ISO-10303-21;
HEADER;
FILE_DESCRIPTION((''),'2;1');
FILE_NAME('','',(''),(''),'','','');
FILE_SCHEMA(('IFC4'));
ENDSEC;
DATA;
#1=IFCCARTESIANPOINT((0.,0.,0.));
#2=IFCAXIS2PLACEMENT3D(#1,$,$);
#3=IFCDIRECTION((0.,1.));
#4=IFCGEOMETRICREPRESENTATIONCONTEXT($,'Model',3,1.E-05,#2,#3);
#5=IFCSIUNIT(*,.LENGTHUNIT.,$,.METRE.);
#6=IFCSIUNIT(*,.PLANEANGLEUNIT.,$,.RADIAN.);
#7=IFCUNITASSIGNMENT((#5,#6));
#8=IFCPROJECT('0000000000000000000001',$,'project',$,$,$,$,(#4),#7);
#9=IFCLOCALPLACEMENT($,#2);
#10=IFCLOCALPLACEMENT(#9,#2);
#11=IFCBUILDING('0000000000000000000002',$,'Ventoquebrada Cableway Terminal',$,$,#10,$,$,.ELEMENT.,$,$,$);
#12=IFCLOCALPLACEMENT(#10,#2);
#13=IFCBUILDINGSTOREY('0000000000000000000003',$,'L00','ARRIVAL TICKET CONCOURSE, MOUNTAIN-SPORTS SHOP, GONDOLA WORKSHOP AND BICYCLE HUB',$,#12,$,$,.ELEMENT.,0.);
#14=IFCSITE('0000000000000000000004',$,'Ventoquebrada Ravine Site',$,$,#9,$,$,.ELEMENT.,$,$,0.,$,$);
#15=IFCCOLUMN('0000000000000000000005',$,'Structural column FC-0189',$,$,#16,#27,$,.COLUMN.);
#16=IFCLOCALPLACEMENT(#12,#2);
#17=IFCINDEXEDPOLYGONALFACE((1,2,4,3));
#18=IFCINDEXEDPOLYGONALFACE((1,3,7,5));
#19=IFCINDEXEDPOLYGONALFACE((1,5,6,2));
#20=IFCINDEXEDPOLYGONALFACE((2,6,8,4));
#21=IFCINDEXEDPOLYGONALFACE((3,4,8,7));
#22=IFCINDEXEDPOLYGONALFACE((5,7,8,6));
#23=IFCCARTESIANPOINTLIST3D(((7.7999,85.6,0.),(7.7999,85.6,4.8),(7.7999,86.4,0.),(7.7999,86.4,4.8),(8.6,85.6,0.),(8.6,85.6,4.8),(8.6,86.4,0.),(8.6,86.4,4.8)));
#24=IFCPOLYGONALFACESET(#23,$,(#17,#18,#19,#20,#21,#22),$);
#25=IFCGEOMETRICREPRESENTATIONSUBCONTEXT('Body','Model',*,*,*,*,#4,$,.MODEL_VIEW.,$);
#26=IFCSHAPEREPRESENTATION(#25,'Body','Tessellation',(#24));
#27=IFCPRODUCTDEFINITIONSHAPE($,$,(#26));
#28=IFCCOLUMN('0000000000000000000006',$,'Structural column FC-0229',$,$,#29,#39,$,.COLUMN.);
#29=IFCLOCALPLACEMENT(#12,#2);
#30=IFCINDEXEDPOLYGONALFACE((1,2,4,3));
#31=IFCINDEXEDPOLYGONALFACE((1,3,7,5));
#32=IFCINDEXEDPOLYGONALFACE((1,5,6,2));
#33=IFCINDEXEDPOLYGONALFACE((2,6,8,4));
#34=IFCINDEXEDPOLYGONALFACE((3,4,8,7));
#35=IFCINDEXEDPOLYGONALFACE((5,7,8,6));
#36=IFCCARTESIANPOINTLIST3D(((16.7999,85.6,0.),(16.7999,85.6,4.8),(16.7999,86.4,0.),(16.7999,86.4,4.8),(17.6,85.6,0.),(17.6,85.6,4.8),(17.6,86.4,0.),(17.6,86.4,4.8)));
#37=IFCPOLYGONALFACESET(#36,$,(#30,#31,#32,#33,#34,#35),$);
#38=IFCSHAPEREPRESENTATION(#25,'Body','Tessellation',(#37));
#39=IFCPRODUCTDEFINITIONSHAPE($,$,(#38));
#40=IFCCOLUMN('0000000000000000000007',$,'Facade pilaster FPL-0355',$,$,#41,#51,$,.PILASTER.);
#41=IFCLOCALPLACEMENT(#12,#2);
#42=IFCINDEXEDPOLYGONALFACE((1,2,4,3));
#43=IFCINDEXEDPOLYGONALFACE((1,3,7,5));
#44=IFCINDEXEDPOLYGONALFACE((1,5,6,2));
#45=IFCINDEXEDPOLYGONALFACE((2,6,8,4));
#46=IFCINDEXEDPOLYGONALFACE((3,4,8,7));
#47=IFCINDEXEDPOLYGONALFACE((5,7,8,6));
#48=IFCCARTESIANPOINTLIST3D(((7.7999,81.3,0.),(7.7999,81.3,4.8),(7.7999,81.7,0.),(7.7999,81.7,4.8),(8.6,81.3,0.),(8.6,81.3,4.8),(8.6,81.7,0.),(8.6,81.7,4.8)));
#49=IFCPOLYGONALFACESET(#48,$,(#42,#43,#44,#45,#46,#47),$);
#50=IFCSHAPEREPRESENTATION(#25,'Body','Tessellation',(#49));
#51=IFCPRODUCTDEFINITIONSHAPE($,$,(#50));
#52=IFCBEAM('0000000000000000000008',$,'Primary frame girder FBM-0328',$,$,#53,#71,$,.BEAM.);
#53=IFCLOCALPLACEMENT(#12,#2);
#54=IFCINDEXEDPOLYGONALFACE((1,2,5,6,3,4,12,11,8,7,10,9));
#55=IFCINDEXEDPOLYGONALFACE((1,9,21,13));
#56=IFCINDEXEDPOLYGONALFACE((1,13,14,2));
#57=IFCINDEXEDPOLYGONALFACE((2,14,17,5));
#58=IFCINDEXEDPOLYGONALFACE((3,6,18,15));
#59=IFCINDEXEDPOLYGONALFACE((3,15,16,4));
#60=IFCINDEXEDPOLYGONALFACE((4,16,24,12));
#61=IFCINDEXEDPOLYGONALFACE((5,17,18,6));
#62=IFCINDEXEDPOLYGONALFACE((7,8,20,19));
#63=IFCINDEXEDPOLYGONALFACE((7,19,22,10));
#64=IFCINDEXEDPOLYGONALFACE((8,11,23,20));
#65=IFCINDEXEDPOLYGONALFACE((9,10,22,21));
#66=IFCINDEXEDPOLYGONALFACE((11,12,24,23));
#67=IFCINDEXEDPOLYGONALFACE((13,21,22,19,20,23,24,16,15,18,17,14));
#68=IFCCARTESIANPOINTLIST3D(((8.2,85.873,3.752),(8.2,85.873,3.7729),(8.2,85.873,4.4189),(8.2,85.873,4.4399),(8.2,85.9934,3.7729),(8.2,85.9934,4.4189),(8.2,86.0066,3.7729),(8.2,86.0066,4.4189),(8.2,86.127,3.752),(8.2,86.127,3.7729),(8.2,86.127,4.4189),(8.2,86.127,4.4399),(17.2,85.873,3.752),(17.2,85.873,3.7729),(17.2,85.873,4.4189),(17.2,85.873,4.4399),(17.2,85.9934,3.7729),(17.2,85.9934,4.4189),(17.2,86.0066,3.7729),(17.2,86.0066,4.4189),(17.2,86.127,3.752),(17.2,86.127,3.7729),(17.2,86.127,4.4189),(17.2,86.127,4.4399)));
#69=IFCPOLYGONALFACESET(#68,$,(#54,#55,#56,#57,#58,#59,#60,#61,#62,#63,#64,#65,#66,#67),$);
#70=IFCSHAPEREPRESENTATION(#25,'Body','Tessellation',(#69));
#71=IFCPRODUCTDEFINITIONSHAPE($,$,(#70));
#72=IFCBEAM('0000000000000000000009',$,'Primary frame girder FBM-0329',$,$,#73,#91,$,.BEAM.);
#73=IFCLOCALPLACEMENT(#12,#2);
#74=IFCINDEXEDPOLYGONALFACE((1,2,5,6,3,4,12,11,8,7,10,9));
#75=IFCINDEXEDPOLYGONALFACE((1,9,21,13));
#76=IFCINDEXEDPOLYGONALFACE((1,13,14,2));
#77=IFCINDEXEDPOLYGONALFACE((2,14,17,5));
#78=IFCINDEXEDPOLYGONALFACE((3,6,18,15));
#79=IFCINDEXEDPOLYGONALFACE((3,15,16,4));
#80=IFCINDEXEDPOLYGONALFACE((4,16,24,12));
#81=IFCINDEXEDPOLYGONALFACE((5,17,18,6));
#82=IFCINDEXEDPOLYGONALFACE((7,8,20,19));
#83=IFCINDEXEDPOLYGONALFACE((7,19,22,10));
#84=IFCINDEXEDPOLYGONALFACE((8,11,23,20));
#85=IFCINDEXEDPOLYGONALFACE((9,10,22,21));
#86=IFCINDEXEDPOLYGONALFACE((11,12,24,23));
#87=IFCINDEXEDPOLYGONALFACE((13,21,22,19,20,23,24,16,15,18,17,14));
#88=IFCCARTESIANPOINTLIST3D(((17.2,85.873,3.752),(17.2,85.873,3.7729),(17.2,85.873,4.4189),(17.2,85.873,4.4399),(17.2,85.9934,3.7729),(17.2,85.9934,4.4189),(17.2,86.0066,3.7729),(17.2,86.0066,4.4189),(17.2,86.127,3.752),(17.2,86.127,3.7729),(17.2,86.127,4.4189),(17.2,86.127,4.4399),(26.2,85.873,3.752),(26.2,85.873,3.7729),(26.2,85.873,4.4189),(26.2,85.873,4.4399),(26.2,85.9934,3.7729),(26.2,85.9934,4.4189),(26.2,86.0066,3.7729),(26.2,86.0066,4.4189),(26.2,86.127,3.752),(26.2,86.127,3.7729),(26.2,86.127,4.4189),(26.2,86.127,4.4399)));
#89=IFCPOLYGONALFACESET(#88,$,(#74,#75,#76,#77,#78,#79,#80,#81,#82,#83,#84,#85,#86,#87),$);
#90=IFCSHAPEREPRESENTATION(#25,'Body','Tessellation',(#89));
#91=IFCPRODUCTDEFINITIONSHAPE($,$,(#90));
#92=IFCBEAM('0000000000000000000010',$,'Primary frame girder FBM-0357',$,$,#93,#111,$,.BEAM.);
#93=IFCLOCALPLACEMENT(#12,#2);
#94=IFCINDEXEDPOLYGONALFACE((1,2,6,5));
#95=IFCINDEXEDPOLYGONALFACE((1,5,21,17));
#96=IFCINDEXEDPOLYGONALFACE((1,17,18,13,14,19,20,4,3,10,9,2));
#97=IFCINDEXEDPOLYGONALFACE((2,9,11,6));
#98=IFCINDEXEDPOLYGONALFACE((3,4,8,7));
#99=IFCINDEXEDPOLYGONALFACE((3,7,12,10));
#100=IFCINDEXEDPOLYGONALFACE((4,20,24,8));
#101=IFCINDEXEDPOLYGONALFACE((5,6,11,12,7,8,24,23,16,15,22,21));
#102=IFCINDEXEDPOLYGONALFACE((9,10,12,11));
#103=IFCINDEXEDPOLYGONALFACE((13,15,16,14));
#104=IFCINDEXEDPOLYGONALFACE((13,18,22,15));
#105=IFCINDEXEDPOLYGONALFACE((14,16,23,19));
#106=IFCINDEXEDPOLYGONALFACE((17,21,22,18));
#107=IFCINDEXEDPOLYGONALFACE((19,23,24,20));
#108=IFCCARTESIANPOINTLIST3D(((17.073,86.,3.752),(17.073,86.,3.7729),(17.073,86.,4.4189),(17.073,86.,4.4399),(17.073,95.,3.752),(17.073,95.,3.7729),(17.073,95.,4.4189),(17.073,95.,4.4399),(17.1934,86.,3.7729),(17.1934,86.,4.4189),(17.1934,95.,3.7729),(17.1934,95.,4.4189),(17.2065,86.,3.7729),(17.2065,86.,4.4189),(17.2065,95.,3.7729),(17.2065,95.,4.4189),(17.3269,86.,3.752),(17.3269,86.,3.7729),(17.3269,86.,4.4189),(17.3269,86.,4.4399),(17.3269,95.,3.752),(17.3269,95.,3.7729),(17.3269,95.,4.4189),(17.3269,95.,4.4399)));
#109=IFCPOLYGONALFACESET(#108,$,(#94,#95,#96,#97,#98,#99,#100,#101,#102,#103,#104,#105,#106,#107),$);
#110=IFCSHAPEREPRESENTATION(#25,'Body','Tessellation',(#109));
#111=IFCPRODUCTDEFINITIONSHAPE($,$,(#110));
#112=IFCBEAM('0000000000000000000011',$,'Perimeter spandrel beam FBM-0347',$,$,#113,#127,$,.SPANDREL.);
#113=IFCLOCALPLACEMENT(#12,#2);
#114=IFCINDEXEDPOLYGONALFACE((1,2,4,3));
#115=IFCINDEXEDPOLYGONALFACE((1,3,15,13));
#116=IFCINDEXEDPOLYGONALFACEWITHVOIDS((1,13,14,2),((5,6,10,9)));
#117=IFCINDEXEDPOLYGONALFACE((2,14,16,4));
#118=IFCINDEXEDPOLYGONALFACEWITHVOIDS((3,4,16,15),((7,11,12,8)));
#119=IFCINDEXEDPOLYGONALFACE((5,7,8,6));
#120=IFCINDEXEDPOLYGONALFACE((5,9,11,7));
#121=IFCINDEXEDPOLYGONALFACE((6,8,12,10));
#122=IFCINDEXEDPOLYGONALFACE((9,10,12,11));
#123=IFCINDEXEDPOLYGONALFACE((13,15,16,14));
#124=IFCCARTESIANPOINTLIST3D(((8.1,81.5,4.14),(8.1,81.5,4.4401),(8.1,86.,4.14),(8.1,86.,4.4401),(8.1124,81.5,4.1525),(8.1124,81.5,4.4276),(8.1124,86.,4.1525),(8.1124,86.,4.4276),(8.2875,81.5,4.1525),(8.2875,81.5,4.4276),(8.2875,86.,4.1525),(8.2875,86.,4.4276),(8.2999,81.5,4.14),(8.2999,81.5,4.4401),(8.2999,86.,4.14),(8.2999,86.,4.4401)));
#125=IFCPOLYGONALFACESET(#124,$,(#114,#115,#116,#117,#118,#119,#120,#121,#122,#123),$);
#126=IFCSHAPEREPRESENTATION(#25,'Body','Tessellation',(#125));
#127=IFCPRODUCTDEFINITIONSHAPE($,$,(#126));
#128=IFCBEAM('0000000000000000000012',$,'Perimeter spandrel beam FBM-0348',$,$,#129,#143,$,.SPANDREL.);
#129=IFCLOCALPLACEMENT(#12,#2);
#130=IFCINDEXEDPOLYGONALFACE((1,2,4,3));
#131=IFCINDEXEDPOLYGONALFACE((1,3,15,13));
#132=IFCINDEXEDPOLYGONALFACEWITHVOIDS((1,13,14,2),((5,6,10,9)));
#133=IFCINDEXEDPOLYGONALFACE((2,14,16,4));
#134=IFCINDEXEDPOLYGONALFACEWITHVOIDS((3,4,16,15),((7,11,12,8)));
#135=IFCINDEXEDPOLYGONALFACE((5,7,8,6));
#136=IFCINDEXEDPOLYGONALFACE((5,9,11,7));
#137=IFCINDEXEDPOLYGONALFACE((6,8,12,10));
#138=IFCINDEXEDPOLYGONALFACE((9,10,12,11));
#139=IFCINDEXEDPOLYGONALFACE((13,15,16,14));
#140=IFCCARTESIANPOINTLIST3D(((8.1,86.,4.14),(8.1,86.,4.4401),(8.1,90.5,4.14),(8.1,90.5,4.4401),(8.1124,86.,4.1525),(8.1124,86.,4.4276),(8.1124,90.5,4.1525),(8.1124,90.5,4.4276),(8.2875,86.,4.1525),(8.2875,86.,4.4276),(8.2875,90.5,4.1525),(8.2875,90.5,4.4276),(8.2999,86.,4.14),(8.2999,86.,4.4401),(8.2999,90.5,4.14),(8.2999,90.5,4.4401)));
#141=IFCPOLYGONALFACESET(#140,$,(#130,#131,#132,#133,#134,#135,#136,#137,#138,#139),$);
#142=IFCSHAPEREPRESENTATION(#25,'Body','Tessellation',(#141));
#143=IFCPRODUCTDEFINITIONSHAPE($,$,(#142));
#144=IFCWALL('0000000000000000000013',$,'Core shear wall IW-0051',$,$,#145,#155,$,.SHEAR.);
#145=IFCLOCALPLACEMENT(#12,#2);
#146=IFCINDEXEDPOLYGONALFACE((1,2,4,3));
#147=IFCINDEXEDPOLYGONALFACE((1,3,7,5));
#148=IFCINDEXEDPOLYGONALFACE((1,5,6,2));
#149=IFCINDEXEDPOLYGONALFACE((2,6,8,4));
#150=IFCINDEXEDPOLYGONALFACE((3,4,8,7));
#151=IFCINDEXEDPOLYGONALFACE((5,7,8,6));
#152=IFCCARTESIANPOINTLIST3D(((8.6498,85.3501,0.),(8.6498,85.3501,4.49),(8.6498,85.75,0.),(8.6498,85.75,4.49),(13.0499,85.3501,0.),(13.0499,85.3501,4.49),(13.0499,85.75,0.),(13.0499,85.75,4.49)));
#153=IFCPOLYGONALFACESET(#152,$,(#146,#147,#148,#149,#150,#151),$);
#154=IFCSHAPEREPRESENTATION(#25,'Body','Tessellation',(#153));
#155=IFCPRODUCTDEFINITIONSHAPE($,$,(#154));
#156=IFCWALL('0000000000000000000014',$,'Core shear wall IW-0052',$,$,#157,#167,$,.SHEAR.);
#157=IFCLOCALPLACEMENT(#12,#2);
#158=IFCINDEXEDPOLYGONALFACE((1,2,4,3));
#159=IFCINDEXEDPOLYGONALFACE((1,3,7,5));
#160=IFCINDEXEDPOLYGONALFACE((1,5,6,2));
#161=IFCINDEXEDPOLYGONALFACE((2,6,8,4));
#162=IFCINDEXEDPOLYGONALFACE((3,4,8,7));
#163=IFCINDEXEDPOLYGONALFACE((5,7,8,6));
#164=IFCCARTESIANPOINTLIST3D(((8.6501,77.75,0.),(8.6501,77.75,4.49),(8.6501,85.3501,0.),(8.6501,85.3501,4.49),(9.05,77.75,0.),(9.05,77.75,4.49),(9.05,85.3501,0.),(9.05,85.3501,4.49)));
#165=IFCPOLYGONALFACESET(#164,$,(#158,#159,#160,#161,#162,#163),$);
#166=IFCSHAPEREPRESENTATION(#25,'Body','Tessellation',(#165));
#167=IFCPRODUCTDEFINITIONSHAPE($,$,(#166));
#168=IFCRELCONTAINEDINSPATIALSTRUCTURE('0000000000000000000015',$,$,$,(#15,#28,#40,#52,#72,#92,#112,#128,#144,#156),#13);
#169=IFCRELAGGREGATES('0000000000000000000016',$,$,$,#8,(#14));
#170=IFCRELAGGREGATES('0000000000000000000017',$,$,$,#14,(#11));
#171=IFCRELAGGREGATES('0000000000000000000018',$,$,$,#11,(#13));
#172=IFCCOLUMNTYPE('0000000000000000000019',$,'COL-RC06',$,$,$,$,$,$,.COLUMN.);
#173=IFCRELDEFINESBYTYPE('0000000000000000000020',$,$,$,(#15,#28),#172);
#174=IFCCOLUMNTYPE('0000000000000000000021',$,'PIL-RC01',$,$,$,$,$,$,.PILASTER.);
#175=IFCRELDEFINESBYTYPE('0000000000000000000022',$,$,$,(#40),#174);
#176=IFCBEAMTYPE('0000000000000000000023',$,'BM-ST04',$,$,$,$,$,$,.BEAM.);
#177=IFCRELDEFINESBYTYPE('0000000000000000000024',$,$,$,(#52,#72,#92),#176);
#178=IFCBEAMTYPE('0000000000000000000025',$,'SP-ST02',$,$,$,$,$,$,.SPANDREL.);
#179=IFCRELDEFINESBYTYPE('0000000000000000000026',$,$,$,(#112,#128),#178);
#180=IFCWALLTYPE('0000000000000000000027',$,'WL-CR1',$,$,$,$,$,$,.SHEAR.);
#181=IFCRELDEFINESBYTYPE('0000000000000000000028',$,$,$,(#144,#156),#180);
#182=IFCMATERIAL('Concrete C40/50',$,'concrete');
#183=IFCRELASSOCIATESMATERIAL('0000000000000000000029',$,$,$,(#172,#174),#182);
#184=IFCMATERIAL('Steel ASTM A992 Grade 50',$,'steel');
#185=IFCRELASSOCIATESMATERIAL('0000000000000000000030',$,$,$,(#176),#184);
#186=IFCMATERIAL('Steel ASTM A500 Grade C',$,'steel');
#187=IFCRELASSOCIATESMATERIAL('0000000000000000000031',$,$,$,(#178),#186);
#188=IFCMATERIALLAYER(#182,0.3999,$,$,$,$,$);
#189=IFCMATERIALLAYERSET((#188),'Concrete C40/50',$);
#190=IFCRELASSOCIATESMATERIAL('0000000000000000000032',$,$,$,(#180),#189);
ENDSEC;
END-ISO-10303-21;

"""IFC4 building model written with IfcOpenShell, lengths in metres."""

from ifc_helpers import new_model, si_unit, direction, frame, frame_2d, origin, origin_2d, place, context, subcontext, project, spatial, rectangle, hollow_rectangle, i_section, extrude, material, layer, layer_set, material_profile, profile_set, type_object, element, save


model = new_model("IFC4")

# Units and contexts
model_context = context("Model", 3, precision=1e-05, world=origin(), true_north=direction((0.0, 1.0)))
body_context = subcontext(model_context, "Body", "Model", "MODEL_VIEW")
ifc_project = project(units=[si_unit("LENGTHUNIT", "METRE"), si_unit("PLANEANGLEUNIT", "RADIAN")], contexts=[model_context])

# Site, building, storey
site_placement = place(None, origin())
site = spatial("IfcSite", under=ifc_project, at=site_placement, Name="Ventoquebrada Ravine Site", CompositionType="ELEMENT", RefElevation=0.0)
building_placement = place(site_placement, origin())
building = spatial("IfcBuilding", under=site, at=building_placement, Name="Ventoquebrada Cableway Terminal", CompositionType="ELEMENT")
storey_placement = place(building_placement, origin())
storey = spatial("IfcBuildingStorey", under=building, at=storey_placement, Name="L00", Description="ARRIVAL TICKET CONCOURSE, MOUNTAIN-SPORTS SHOP, GONDOLA WORKSHOP AND BICYCLE HUB", CompositionType="ELEMENT", Elevation=0.0)

# Columns
ifc_material_1 = material(Name="Concrete C40/50", Category="concrete")
ifc_material_profile_1 = material_profile(ifc_material_1, rectangle(XDim=0.8, YDim=0.8, at=origin_2d()), Name="RC-COL-800X800")
ifc_profile_set_1 = profile_set([ifc_material_profile_1], Name="Concrete C40/50")
column_type_1 = type_object("IfcColumnType", Name="COL-RC06", PredefinedType="COLUMN", material=ifc_profile_set_1)
for number, where, z_axis, x_axis, name in (
    (1, (8.2, 86.0, 0.0), (0.0, 0.0, 1.0), (1.0, 0.0, 0.0), "Structural column FC-0189"),
    (2, (17.2, 86.0, 0.0), (0.0, 0.0, 1.0), (1.0, 0.0, 0.0), "Structural column FC-0229"),
):
    element("IfcColumn", number, at=place(storey_placement, frame(where, z_axis=z_axis, x_axis=x_axis)), inside=storey, type_object=column_type_1, Name=name, PredefinedType="COLUMN", context=body_context, shape_type="SweptSolid", body=[
        extrude(rectangle(XDim=0.8, YDim=0.8, at=origin_2d()), origin(), (0.0, 0.0, 1.0), 4.8),
    ])
ifc_material_profile_2 = material_profile(ifc_material_1, rectangle(XDim=0.3999, YDim=0.8, at=origin_2d()), Name="RC-PIL-400X800")
ifc_profile_set_2 = profile_set([ifc_material_profile_2], Name="Concrete C40/50")
column_type_2 = type_object("IfcColumnType", Name="PIL-RC01", PredefinedType="PILASTER", material=ifc_profile_set_2)
column_placement = place(storey_placement, frame((8.2, 81.5, 0.0), z_axis=(0.0, 0.0, 1.0), x_axis=(0.0, 1.0, 0.0)))
element("IfcColumn", 3, at=column_placement, inside=storey, type_object=column_type_2, Name="Facade pilaster FPL-0355", PredefinedType="PILASTER", context=body_context, shape_type="SweptSolid", body=[
    extrude(rectangle(XDim=0.3999, YDim=0.8, at=origin_2d()), origin(), (0.0, 0.0, 1.0), 4.8),
])

# Beams
ifc_material_2 = material(Name="Steel ASTM A992 Grade 50", Category="steel")
ifc_material_profile_3 = material_profile(ifc_material_2, i_section(OverallWidth=0.2539, OverallDepth=0.688, WebThickness=0.0132, FlangeThickness=0.021, at=origin_2d()), Name="W27X102")
ifc_profile_set_3 = profile_set([ifc_material_profile_3], Name="Steel ASTM A992 Grade 50")
beam_type_1 = type_object("IfcBeamType", Name="BM-ST04", PredefinedType="BEAM", material=ifc_profile_set_3)
for number, where, z_axis, x_axis, name in (
    (4, (8.2, 86.0, 4.0959), (1.0, 0.0, 0.0), (0.0, 1.0, 0.0), "Primary frame girder FBM-0328"),
    (5, (17.2, 86.0, 4.0959), (1.0, 0.0, 0.0), (0.0, 1.0, 0.0), "Primary frame girder FBM-0329"),
    (6, (17.2, 86.0, 4.0959), (0.0, 1.0, 0.0), (-1.0, 0.0, 0.0), "Primary frame girder FBM-0357"),
):
    element("IfcBeam", number, at=place(storey_placement, frame(where, z_axis=z_axis, x_axis=x_axis)), inside=storey, type_object=beam_type_1, Name=name, PredefinedType="BEAM", context=body_context, shape_type="SweptSolid", body=[
        extrude(i_section(OverallWidth=0.2539, OverallDepth=0.688, WebThickness=0.0132, FlangeThickness=0.021, at=origin_2d()), origin(), (0.0, 0.0, 1.0), 9.0),
    ])
ifc_material_3 = material(Name="Steel ASTM A500 Grade C", Category="steel")
ifc_material_profile_4 = material_profile(ifc_material_3, hollow_rectangle(XDim=0.2, YDim=0.3, WallThickness=0.0125, at=origin_2d()), Name="RHS300X200X12.5")
ifc_profile_set_4 = profile_set([ifc_material_profile_4], Name="Steel ASTM A500 Grade C")
beam_type_2 = type_object("IfcBeamType", Name="SP-ST02", PredefinedType="SPANDREL", material=ifc_profile_set_4)
for number, where, z_axis, x_axis, name in (
    (7, (8.2, 81.5, 4.29), (0.0, 1.0, 0.0), (-1.0, 0.0, 0.0), "Perimeter spandrel beam FBM-0347"),
    (8, (8.2, 86.0, 4.29), (0.0, 1.0, 0.0), (-1.0, 0.0, 0.0), "Perimeter spandrel beam FBM-0348"),
):
    element("IfcBeam", number, at=place(storey_placement, frame(where, z_axis=z_axis, x_axis=x_axis)), inside=storey, type_object=beam_type_2, Name=name, PredefinedType="SPANDREL", context=body_context, shape_type="SweptSolid", body=[
        extrude(hollow_rectangle(XDim=0.2, YDim=0.3, WallThickness=0.0125, at=origin_2d()), origin(), (0.0, 0.0, 1.0), 4.5),
    ])

# Walls
ifc_layer_1 = layer(ifc_material_1, 0.3999)
ifc_layer_set_1 = layer_set([ifc_layer_1], Name="Concrete C40/50")
wall_type_1 = type_object("IfcWallType", Name="WL-CR1", PredefinedType="SHEAR", material=ifc_layer_set_1)
wall_1_placement = place(storey_placement, frame((13.05, 85.55, 0.0), z_axis=(0.0, 0.0, 1.0), x_axis=(-1.0, 0.0, 0.0)))
element("IfcWall", 9, at=wall_1_placement, inside=storey, type_object=wall_type_1, Name="Core shear wall IW-0051", PredefinedType="SHEAR", context=body_context, shape_type="SweptSolid", body=[
    extrude(rectangle(XDim=4.4001, YDim=0.3999, at=frame_2d((2.2002, 0.0))), origin(), (0.0, 0.0, 1.0), 4.49),
])
wall_2_placement = place(storey_placement, frame((8.8501, 85.3501, 0.0), z_axis=(0.0, 0.0, 1.0), x_axis=(0.0, -1.0, 0.0)))
element("IfcWall", 10, at=wall_2_placement, inside=storey, type_object=wall_type_1, Name="Core shear wall IW-0052", PredefinedType="SHEAR", context=body_context, shape_type="SweptSolid", body=[
    extrude(rectangle(XDim=7.6001, YDim=0.3999, at=frame_2d((3.8, 0.0))), origin(), (0.0, 0.0, 1.0), 4.49),
])

save(model, "model.ifc")
